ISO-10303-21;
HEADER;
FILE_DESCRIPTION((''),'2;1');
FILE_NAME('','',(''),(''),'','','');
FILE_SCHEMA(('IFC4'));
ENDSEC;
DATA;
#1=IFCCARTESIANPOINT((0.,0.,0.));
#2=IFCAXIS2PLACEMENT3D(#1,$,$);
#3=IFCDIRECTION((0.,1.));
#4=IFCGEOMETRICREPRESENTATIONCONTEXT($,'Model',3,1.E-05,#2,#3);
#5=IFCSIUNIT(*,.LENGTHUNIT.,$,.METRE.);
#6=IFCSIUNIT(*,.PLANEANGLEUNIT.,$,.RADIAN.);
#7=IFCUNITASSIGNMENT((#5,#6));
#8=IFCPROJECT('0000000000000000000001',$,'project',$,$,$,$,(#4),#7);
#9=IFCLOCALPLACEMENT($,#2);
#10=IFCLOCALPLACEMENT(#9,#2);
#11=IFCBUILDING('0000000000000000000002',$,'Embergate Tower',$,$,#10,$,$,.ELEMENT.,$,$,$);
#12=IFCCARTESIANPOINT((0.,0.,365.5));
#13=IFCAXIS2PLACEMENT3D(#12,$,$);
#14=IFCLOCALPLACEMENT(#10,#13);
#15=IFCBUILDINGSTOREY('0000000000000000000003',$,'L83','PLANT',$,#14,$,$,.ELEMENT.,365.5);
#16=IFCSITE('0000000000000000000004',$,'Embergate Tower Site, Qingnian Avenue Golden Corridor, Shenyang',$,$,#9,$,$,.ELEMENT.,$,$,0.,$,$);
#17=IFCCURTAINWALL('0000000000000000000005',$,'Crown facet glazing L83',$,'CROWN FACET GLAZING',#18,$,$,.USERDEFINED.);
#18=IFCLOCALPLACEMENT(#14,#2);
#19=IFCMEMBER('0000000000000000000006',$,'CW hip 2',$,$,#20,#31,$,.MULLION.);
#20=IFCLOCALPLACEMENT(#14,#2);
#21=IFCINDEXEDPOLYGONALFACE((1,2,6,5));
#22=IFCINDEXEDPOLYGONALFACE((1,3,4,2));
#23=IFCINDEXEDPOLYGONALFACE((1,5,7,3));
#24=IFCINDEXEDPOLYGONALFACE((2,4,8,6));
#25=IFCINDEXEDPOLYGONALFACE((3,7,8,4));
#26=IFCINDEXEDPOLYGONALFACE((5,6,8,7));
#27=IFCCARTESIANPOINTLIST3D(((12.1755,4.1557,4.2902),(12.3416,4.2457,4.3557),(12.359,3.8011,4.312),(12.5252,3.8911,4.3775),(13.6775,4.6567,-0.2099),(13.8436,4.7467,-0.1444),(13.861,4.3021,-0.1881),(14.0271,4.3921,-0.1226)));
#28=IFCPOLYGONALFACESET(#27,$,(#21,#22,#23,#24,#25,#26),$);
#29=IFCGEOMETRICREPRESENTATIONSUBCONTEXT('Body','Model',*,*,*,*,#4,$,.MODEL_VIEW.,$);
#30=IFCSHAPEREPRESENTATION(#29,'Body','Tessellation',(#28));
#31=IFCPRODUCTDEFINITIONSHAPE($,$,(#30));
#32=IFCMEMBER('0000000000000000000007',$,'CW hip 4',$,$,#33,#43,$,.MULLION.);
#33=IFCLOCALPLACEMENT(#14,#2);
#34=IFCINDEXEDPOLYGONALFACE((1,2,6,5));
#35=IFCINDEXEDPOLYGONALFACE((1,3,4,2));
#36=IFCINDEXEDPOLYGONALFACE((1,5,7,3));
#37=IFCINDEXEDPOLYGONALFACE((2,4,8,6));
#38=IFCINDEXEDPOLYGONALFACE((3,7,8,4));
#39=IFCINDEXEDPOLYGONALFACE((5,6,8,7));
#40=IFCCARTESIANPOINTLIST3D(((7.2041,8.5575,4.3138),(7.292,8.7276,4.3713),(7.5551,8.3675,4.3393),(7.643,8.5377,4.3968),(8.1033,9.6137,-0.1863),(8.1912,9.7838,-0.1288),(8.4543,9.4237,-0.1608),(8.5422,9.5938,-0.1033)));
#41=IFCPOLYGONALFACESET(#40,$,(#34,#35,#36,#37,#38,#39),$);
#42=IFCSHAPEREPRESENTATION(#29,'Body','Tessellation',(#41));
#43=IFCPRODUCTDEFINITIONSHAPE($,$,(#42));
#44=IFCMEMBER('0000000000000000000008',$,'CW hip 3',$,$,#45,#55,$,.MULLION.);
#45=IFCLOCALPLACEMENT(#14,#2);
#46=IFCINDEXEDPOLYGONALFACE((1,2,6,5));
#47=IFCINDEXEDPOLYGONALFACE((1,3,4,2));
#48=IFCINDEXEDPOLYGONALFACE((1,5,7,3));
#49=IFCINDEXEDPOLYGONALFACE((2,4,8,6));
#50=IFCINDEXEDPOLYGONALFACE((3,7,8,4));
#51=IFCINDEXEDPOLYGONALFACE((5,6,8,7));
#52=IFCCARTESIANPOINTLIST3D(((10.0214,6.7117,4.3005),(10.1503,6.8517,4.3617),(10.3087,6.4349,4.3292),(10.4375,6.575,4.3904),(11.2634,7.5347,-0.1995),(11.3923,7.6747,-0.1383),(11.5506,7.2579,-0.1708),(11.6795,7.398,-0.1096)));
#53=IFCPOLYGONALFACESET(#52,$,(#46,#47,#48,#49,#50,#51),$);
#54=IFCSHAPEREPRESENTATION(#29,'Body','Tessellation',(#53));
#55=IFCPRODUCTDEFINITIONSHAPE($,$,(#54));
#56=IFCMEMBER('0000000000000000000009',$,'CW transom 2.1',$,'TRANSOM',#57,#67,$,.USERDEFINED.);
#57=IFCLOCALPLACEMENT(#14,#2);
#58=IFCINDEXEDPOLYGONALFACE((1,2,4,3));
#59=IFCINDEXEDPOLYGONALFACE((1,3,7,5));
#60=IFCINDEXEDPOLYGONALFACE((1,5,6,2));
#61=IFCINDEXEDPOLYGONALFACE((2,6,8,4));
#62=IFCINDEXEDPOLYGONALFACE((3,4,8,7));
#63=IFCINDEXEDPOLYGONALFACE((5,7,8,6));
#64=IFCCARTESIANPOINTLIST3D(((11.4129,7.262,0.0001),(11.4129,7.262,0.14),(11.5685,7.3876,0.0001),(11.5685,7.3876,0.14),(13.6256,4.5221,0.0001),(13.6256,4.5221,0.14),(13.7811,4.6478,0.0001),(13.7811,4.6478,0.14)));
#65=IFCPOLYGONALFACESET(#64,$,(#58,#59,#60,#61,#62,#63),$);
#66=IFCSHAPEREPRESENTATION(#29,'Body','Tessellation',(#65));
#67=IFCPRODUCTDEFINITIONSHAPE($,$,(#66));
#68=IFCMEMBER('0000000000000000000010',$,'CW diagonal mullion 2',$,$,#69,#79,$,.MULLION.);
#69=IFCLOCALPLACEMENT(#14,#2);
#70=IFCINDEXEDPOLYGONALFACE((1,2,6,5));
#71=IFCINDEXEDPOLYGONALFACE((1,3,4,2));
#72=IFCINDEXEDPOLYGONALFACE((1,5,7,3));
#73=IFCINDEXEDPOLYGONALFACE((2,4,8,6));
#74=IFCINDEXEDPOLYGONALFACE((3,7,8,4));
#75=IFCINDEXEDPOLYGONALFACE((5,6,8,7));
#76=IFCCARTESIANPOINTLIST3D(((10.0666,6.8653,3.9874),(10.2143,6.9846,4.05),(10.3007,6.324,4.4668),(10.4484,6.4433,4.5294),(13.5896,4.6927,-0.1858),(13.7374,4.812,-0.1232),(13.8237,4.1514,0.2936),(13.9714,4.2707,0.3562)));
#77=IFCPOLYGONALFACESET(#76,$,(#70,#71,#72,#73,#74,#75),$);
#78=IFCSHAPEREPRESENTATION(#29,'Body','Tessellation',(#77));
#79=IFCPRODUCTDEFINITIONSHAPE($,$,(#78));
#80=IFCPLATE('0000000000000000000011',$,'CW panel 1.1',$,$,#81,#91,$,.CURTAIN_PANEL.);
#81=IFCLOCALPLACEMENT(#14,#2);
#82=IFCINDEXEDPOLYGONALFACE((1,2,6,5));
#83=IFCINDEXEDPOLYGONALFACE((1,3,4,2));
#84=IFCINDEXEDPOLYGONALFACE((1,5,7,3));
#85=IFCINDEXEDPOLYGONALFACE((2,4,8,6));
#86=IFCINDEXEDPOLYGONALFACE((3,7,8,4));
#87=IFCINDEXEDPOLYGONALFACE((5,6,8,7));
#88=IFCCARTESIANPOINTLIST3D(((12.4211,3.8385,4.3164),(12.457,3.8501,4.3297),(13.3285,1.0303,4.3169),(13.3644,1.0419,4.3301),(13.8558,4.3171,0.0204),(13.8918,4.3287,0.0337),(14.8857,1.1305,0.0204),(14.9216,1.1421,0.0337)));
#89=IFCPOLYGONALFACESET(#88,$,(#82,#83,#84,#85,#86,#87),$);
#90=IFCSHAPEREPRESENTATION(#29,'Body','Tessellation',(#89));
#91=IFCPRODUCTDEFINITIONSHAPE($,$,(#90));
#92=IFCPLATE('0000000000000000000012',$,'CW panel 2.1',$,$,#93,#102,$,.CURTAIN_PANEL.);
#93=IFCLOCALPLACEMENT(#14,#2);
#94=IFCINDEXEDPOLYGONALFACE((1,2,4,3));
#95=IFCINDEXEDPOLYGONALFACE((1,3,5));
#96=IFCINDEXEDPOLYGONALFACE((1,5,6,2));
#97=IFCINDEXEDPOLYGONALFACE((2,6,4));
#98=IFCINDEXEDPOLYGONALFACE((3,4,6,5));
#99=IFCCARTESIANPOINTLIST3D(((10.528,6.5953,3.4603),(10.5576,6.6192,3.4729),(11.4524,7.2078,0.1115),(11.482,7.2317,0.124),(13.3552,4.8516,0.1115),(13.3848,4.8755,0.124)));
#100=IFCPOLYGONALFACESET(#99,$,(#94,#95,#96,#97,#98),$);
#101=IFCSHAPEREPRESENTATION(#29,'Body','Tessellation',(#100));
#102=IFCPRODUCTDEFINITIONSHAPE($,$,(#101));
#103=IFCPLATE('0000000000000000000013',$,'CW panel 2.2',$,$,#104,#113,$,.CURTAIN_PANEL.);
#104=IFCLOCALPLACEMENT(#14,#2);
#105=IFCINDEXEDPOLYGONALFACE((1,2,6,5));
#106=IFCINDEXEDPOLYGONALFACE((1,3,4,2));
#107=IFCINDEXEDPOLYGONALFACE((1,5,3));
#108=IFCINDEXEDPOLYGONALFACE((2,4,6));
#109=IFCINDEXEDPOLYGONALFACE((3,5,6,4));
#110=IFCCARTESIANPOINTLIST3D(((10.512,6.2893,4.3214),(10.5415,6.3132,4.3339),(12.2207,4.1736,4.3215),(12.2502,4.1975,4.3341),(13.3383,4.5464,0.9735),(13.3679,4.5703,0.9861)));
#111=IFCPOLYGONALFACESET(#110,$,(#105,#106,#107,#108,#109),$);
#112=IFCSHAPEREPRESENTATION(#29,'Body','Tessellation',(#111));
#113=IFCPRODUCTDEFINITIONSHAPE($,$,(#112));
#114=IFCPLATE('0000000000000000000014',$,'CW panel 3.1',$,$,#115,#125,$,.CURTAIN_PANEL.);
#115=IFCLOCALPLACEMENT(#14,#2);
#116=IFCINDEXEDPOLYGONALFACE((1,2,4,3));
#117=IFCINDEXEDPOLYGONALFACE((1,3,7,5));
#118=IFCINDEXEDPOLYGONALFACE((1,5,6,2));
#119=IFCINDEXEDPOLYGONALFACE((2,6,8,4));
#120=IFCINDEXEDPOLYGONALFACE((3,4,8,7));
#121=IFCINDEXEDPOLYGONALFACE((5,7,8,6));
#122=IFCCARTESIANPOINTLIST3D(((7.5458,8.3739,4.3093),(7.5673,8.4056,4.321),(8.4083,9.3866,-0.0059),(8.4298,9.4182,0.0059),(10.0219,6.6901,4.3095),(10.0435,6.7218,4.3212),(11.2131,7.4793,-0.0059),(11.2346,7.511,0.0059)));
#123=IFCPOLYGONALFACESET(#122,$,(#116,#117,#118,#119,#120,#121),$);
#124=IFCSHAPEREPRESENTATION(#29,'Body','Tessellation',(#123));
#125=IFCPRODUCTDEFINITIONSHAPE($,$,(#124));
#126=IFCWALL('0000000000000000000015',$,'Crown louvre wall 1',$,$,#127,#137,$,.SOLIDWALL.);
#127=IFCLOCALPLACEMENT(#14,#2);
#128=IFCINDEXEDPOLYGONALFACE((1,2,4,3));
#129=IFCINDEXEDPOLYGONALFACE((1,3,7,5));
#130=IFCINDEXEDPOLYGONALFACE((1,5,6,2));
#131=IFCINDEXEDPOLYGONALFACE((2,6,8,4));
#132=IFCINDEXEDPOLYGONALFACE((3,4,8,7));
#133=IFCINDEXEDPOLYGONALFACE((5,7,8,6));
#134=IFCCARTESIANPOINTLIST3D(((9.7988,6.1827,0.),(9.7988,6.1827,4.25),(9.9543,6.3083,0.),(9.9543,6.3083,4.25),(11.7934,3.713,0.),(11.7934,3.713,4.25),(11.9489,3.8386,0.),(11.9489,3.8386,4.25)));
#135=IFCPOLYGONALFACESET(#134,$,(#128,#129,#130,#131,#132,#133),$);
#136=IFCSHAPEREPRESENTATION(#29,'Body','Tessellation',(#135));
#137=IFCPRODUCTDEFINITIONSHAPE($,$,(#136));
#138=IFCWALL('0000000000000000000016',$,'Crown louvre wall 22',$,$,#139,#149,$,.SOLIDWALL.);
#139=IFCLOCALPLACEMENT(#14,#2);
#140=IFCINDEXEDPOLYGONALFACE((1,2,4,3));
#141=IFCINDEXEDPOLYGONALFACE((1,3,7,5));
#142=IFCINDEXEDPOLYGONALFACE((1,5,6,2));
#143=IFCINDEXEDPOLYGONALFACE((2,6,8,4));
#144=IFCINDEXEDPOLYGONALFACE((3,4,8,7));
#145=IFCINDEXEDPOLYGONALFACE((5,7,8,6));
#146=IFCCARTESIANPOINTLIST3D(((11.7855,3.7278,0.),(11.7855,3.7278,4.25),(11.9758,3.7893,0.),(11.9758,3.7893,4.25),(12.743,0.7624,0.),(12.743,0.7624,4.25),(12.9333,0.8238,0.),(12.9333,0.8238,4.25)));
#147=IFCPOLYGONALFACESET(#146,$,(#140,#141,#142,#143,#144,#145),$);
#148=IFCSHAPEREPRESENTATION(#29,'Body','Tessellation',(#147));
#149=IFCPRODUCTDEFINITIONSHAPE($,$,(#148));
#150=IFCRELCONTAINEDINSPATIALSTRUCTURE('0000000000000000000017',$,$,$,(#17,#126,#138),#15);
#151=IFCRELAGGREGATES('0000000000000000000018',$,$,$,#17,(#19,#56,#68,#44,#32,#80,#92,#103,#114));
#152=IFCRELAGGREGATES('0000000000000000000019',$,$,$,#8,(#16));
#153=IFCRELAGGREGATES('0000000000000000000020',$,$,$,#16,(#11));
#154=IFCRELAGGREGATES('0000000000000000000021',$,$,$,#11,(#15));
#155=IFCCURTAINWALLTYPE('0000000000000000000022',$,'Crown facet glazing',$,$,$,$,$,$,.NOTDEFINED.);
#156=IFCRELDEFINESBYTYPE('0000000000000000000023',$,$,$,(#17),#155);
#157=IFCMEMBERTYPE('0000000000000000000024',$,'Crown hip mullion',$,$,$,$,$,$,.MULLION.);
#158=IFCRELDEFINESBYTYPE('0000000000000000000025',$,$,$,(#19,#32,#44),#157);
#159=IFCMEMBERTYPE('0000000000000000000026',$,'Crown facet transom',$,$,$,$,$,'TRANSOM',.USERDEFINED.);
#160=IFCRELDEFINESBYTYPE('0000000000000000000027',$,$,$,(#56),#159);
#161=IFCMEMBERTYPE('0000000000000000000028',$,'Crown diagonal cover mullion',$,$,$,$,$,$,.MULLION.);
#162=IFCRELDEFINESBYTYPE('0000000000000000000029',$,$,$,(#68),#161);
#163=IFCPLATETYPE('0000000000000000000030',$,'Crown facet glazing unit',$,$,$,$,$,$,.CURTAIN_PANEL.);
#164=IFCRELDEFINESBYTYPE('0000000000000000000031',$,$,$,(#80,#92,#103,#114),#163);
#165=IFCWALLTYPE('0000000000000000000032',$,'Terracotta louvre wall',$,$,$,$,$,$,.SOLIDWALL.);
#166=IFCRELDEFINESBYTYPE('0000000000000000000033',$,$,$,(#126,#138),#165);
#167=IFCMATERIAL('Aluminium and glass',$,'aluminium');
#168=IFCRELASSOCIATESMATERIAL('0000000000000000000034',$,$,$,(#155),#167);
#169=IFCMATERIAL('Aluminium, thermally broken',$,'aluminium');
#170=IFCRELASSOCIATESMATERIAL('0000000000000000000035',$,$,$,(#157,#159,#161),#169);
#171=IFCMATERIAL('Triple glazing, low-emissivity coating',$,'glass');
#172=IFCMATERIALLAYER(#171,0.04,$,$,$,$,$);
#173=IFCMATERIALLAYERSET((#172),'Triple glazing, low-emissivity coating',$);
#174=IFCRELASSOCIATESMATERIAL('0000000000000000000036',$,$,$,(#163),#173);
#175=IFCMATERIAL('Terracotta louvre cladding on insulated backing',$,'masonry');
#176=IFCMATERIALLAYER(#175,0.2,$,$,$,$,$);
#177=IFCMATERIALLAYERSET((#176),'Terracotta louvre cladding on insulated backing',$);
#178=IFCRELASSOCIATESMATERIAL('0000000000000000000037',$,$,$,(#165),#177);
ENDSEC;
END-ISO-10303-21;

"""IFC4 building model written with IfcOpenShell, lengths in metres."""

from ifc_helpers import new_model, si_unit, direction, frame, frame_2d, origin, origin_2d, place, context, subcontext, project, spatial, polyline, rectangle, outline, extrude, source, transform, mapped, material, layer, layer_set, material_profile, profile_set, type_object, element, aggregate, save


model = new_model("IFC4")

# Units and contexts
model_context = context("Model", 3, precision=1e-05, world=origin(), true_north=direction((0.0, 1.0)))
body_context = subcontext(model_context, "Body", "Model", "MODEL_VIEW")
ifc_project = project(units=[si_unit("LENGTHUNIT", "METRE"), si_unit("PLANEANGLEUNIT", "RADIAN")], contexts=[model_context])

# Site, building, storey
site_placement = place(None, origin())
site = spatial("IfcSite", under=ifc_project, at=site_placement, Name="Embergate Tower Site, Qingnian Avenue Golden Corridor, Shenyang", CompositionType="ELEMENT", RefElevation=0.0)
building_placement = place(site_placement, origin())
building = spatial("IfcBuilding", under=site, at=building_placement, Name="Embergate Tower", CompositionType="ELEMENT")
storey_placement = place(building_placement, frame((0.0, 0.0, 365.5)))
storey = spatial("IfcBuildingStorey", under=building, at=storey_placement, Name="L83", Description="PLANT", CompositionType="ELEMENT", Elevation=365.5)

# Curtain wall, members, plates
ifc_material_1 = material(Name="Aluminium and glass", Category="aluminium")
curtain_wall_type = type_object("IfcCurtainWallType", Name="Crown facet glazing", PredefinedType="NOTDEFINED", material=ifc_material_1)
curtain_wall_placement = place(storey_placement, origin())
curtain_wall = element("IfcCurtainWall", 1, at=curtain_wall_placement, inside=storey, type_object=curtain_wall_type, Name="Crown facet glazing L83", ObjectType="CROWN FACET GLAZING", PredefinedType="USERDEFINED")
ifc_material_2 = material(Name="Aluminium, thermally broken", Category="aluminium")
ifc_material_profile_1 = material_profile(ifc_material_2, rectangle(XDim=0.2, YDim=0.3999, at=origin_2d()), Name="AL 400x200")
ifc_profile_set_1 = profile_set([ifc_material_profile_1], Name="Aluminium, thermally broken")
member_type_1 = type_object("IfcMemberType", Name="Crown hip mullion", PredefinedType="MULLION", material=ifc_profile_set_1)
shared_shape_1 = source(origin(), body_context, "Body", "SweptSolid", [
    extrude(rectangle(XDim=0.2, YDim=0.3999, at=origin_2d()), origin(), (0.0, 0.0, 1.0), 4.7705),
])
member_1_placement = place(storey_placement, frame((13.8523, 4.5244, -0.1663), z_axis=(-0.314848, -0.105017, 0.943315), x_axis=(0.830741, 0.450202, 0.327394)))
member_1 = element("IfcMember", 2, at=member_1_placement, type_object=member_type_1, Name="CW hip 2", PredefinedType="MULLION", context=body_context, shape_type="MappedRepresentation", body=[
    mapped(shared_shape_1, transform((0.0, 0.0, 0.0))),
])
shared_shape_2 = source(origin(), body_context, "Body", "SweptSolid", [
    extrude(rectangle(XDim=0.2, YDim=0.3999, at=origin_2d()), origin(), (0.0, 0.0, 1.0), 4.709),
])
member_2_placement = place(storey_placement, frame((8.3228, 9.6038, -0.1448), z_axis=(-0.19095, -0.224287, 0.955632), x_axis=(0.439623, 0.850909, 0.287552)))
member_2 = element("IfcMember", 3, at=member_2_placement, type_object=member_type_1, Name="CW hip 4", PredefinedType="MULLION", context=body_context, shape_type="MappedRepresentation", body=[
    mapped(shared_shape_2, transform((0.0, 0.0, 0.0))),
])
shared_shape_3 = source(origin(), body_context, "Body", "SweptSolid", [
    extrude(rectangle(XDim=0.2, YDim=0.3999, at=origin_2d()), origin(), (0.0, 0.0, 1.0), 4.7402),
])
member_3_placement = place(storey_placement, frame((11.4714, 7.4663, -0.1545), z_axis=(-0.262001, -0.17362, 0.949322), x_axis=(0.644589, 0.700607, 0.306031)))
member_3 = element("IfcMember", 4, at=member_3_placement, type_object=member_type_1, Name="CW hip 3", PredefinedType="MULLION", context=body_context, shape_type="MappedRepresentation", body=[
    mapped(shared_shape_3, transform((0.0, 0.0, 0.0))),
])
ifc_material_profile_2 = material_profile(ifc_material_2, rectangle(XDim=0.2, YDim=0.1399, at=origin_2d()), Name="AL 140x200")
ifc_profile_set_2 = profile_set([ifc_material_profile_2], Name="Aluminium, thermally broken")
member_type_2 = type_object("IfcMemberType", Name="Crown facet transom", ElementType="TRANSOM", PredefinedType="USERDEFINED", material=ifc_profile_set_2)
shared_shape_4 = source(origin(), body_context, "Body", "SweptSolid", [
    extrude(rectangle(XDim=0.2, YDim=0.1399, at=origin_2d()), origin(), (0.0, 0.0, 1.0), 3.5217),
])
member_4_placement = place(storey_placement, frame((13.7034, 4.585, 0.0701), z_axis=(-0.628298, 0.777972, 0.0), x_axis=(-0.777972, -0.628298, 0.0)))
member_4 = element("IfcMember", 5, at=member_4_placement, type_object=member_type_2, Name="CW transom 2.1", ObjectType="TRANSOM", PredefinedType="USERDEFINED", context=body_context, shape_type="MappedRepresentation", body=[
    mapped(shared_shape_4, transform((0.0, 0.0, 0.0))),
])
ifc_material_profile_3 = material_profile(ifc_material_2, rectangle(XDim=0.2, YDim=0.76, at=origin_2d()), Name="AL 760x200")
ifc_profile_set_3 = profile_set([ifc_material_profile_3], Name="Aluminium, thermally broken")
member_type_3 = type_object("IfcMemberType", Name="Crown diagonal cover mullion", PredefinedType="MULLION", material=ifc_profile_set_3)
shared_shape_5 = source(origin(), body_context, "Body", "SweptSolid", [
    extrude(rectangle(XDim=0.2, YDim=0.76, at=origin_2d()), origin(), (0.0, 0.0, 1.0), 5.8777),
])
member_5_placement = place(storey_placement, frame((13.7805, 4.4817, 0.0852), z_axis=(-0.599386, 0.369642, 0.710001), x_axis=(0.738843, 0.596748, 0.313054)))
member_5 = element("IfcMember", 6, at=member_5_placement, type_object=member_type_3, Name="CW diagonal mullion 2", PredefinedType="MULLION", context=body_context, shape_type="MappedRepresentation", body=[
    mapped(shared_shape_5, transform((0.0, 0.0, 0.0))),
])
ifc_material_3 = material(Name="Triple glazing, low-emissivity coating", Category="glass")
ifc_layer_1 = layer(ifc_material_3, 0.04)
ifc_layer_set_1 = layer_set([ifc_layer_1], Name="Triple glazing, low-emissivity coating")
plate_type = type_object("IfcPlateType", Name="Crown facet glazing unit", PredefinedType="CURTAIN_PANEL", material=ifc_layer_set_1)
shared_shape_6 = source(origin(), body_context, "Body", "SweptSolid", [
    extrude(outline(polyline([(0.0, 0.0), (3.3489, 0.0), (3.3347, 4.5544), (0.3835, 4.5549), (0.0, 0.0)])), origin(), (0.0, 0.0, -1.0), 0.04),
])
plate_1_placement = place(storey_placement, frame((14.9216, 1.1421, 0.0337), z_axis=(0.897542, 0.290082, 0.33207), x_axis=(-0.30753, 0.951538, -0.000008)))
plate_1 = element("IfcPlate", 7, at=plate_1_placement, type_object=plate_type, Name="CW panel 1.1", PredefinedType="CURTAIN_PANEL", context=body_context, shape_type="MappedRepresentation", body=[
    mapped(shared_shape_6, transform((0.0, 0.0, 0.0))),
])
shared_shape_7 = source(origin(), body_context, "Body", "SweptSolid", [
    extrude(outline(polyline([(0.0, 0.0), (3.0286, 0.0), (3.1328, 3.5261), (0.0, 0.0)])), origin(), (0.0, 0.0, -1.0), 0.04),
])
plate_2_placement = place(storey_placement, frame((13.3848, 4.8755, 0.124), z_axis=(0.738871, 0.596701, 0.313078), x_axis=(-0.628286, 0.777982, 0.0)))
plate_2 = element("IfcPlate", 8, at=plate_2_placement, type_object=plate_type, Name="CW panel 2.1", PredefinedType="CURTAIN_PANEL", context=body_context, shape_type="MappedRepresentation", body=[
    mapped(shared_shape_7, transform((0.0, 0.0, 0.0))),
])
shared_shape_8 = source(origin(), body_context, "Body", "SweptSolid", [
    extrude(outline(polyline([(0.0, 0.0), (4.7153, 0.0), (2.9092, 2.0332), (0.0, 0.0)])), origin(), (0.0, 0.0, -1.0), 0.04),
])
plate_3_placement = place(storey_placement, frame((13.3679, 4.5703, 0.9861), z_axis=(0.738844, 0.596719, 0.313106), x_axis=(-0.599403, 0.369624, 0.709995)))
plate_3 = element("IfcPlate", 9, at=plate_3_placement, type_object=plate_type, Name="CW panel 2.2", PredefinedType="CURTAIN_PANEL", context=body_context, shape_type="MappedRepresentation", body=[
    mapped(shared_shape_8, transform((0.0, 0.0, 0.0))),
])
shared_shape_9 = source(origin(), body_context, "Body", "SweptSolid", [
    extrude(outline(polyline([(0.0, 0.0), (3.3918, 0.0), (3.5356, 4.5132), (0.5413, 4.5134), (0.0, 0.0)])), origin(), (0.0, 0.0, -1.0), 0.04),
])
plate_4_placement = place(storey_placement, frame((11.2346, 7.511, 0.0059), z_axis=(0.537621, 0.790644, 0.292995), x_axis=(-0.826935, 0.562297, 0.000005)))
plate_4 = element("IfcPlate", 10, at=plate_4_placement, type_object=plate_type, Name="CW panel 3.1", PredefinedType="CURTAIN_PANEL", context=body_context, shape_type="MappedRepresentation", body=[
    mapped(shared_shape_9, transform((0.0, 0.0, 0.0))),
])
aggregate(curtain_wall, [member_1, member_4, member_5, member_3, member_2, plate_1, plate_2, plate_3, plate_4])

# Walls
ifc_material_4 = material(Name="Terracotta louvre cladding on insulated backing", Category="masonry")
ifc_layer_2 = layer(ifc_material_4, 0.2)
ifc_layer_set_2 = layer_set([ifc_layer_2], Name="Terracotta louvre cladding on insulated backing")
wall_type_1 = type_object("IfcWallType", Name="Terracotta louvre wall", PredefinedType="SOLIDWALL", material=ifc_layer_set_2)
shared_shape_10 = source(origin(), body_context, "Body", "SweptSolid", [
    extrude(rectangle(XDim=3.1746, YDim=0.2, at=frame_2d((1.5874, 0.0))), origin(), (0.0, 0.0, 1.0), 4.25),
])
wall_1_placement = place(storey_placement, frame((9.8765, 6.2456, 0.0), z_axis=(0.0, 0.0, 1.0), x_axis=(0.628308, -0.777964, 0.0)))
element("IfcWall", 11, at=wall_1_placement, inside=storey, type_object=wall_type_1, Name="Crown louvre wall 1", PredefinedType="SOLIDWALL", context=body_context, shape_type="MappedRepresentation", body=[
    mapped(shared_shape_10, transform((0.0, 0.0, 0.0))),
])
shared_shape_11 = source(origin(), body_context, "Body", "SweptSolid", [
    extrude(rectangle(XDim=3.1162, YDim=0.2, at=frame_2d((1.5581, 0.0))), origin(), (0.0, 0.0, 1.0), 4.25),
])
wall_2_placement = place(storey_placement, frame((11.8806, 3.7585, 0.0), z_axis=(0.0, 0.0, 1.0), x_axis=(0.307282, -0.951618, 0.0)))
element("IfcWall", 12, at=wall_2_placement, inside=storey, type_object=wall_type_1, Name="Crown louvre wall 22", PredefinedType="SOLIDWALL", context=body_context, shape_type="MappedRepresentation", body=[
    mapped(shared_shape_11, transform((0.0, 0.0, 0.0))),
])

save(model, "model.ifc")
